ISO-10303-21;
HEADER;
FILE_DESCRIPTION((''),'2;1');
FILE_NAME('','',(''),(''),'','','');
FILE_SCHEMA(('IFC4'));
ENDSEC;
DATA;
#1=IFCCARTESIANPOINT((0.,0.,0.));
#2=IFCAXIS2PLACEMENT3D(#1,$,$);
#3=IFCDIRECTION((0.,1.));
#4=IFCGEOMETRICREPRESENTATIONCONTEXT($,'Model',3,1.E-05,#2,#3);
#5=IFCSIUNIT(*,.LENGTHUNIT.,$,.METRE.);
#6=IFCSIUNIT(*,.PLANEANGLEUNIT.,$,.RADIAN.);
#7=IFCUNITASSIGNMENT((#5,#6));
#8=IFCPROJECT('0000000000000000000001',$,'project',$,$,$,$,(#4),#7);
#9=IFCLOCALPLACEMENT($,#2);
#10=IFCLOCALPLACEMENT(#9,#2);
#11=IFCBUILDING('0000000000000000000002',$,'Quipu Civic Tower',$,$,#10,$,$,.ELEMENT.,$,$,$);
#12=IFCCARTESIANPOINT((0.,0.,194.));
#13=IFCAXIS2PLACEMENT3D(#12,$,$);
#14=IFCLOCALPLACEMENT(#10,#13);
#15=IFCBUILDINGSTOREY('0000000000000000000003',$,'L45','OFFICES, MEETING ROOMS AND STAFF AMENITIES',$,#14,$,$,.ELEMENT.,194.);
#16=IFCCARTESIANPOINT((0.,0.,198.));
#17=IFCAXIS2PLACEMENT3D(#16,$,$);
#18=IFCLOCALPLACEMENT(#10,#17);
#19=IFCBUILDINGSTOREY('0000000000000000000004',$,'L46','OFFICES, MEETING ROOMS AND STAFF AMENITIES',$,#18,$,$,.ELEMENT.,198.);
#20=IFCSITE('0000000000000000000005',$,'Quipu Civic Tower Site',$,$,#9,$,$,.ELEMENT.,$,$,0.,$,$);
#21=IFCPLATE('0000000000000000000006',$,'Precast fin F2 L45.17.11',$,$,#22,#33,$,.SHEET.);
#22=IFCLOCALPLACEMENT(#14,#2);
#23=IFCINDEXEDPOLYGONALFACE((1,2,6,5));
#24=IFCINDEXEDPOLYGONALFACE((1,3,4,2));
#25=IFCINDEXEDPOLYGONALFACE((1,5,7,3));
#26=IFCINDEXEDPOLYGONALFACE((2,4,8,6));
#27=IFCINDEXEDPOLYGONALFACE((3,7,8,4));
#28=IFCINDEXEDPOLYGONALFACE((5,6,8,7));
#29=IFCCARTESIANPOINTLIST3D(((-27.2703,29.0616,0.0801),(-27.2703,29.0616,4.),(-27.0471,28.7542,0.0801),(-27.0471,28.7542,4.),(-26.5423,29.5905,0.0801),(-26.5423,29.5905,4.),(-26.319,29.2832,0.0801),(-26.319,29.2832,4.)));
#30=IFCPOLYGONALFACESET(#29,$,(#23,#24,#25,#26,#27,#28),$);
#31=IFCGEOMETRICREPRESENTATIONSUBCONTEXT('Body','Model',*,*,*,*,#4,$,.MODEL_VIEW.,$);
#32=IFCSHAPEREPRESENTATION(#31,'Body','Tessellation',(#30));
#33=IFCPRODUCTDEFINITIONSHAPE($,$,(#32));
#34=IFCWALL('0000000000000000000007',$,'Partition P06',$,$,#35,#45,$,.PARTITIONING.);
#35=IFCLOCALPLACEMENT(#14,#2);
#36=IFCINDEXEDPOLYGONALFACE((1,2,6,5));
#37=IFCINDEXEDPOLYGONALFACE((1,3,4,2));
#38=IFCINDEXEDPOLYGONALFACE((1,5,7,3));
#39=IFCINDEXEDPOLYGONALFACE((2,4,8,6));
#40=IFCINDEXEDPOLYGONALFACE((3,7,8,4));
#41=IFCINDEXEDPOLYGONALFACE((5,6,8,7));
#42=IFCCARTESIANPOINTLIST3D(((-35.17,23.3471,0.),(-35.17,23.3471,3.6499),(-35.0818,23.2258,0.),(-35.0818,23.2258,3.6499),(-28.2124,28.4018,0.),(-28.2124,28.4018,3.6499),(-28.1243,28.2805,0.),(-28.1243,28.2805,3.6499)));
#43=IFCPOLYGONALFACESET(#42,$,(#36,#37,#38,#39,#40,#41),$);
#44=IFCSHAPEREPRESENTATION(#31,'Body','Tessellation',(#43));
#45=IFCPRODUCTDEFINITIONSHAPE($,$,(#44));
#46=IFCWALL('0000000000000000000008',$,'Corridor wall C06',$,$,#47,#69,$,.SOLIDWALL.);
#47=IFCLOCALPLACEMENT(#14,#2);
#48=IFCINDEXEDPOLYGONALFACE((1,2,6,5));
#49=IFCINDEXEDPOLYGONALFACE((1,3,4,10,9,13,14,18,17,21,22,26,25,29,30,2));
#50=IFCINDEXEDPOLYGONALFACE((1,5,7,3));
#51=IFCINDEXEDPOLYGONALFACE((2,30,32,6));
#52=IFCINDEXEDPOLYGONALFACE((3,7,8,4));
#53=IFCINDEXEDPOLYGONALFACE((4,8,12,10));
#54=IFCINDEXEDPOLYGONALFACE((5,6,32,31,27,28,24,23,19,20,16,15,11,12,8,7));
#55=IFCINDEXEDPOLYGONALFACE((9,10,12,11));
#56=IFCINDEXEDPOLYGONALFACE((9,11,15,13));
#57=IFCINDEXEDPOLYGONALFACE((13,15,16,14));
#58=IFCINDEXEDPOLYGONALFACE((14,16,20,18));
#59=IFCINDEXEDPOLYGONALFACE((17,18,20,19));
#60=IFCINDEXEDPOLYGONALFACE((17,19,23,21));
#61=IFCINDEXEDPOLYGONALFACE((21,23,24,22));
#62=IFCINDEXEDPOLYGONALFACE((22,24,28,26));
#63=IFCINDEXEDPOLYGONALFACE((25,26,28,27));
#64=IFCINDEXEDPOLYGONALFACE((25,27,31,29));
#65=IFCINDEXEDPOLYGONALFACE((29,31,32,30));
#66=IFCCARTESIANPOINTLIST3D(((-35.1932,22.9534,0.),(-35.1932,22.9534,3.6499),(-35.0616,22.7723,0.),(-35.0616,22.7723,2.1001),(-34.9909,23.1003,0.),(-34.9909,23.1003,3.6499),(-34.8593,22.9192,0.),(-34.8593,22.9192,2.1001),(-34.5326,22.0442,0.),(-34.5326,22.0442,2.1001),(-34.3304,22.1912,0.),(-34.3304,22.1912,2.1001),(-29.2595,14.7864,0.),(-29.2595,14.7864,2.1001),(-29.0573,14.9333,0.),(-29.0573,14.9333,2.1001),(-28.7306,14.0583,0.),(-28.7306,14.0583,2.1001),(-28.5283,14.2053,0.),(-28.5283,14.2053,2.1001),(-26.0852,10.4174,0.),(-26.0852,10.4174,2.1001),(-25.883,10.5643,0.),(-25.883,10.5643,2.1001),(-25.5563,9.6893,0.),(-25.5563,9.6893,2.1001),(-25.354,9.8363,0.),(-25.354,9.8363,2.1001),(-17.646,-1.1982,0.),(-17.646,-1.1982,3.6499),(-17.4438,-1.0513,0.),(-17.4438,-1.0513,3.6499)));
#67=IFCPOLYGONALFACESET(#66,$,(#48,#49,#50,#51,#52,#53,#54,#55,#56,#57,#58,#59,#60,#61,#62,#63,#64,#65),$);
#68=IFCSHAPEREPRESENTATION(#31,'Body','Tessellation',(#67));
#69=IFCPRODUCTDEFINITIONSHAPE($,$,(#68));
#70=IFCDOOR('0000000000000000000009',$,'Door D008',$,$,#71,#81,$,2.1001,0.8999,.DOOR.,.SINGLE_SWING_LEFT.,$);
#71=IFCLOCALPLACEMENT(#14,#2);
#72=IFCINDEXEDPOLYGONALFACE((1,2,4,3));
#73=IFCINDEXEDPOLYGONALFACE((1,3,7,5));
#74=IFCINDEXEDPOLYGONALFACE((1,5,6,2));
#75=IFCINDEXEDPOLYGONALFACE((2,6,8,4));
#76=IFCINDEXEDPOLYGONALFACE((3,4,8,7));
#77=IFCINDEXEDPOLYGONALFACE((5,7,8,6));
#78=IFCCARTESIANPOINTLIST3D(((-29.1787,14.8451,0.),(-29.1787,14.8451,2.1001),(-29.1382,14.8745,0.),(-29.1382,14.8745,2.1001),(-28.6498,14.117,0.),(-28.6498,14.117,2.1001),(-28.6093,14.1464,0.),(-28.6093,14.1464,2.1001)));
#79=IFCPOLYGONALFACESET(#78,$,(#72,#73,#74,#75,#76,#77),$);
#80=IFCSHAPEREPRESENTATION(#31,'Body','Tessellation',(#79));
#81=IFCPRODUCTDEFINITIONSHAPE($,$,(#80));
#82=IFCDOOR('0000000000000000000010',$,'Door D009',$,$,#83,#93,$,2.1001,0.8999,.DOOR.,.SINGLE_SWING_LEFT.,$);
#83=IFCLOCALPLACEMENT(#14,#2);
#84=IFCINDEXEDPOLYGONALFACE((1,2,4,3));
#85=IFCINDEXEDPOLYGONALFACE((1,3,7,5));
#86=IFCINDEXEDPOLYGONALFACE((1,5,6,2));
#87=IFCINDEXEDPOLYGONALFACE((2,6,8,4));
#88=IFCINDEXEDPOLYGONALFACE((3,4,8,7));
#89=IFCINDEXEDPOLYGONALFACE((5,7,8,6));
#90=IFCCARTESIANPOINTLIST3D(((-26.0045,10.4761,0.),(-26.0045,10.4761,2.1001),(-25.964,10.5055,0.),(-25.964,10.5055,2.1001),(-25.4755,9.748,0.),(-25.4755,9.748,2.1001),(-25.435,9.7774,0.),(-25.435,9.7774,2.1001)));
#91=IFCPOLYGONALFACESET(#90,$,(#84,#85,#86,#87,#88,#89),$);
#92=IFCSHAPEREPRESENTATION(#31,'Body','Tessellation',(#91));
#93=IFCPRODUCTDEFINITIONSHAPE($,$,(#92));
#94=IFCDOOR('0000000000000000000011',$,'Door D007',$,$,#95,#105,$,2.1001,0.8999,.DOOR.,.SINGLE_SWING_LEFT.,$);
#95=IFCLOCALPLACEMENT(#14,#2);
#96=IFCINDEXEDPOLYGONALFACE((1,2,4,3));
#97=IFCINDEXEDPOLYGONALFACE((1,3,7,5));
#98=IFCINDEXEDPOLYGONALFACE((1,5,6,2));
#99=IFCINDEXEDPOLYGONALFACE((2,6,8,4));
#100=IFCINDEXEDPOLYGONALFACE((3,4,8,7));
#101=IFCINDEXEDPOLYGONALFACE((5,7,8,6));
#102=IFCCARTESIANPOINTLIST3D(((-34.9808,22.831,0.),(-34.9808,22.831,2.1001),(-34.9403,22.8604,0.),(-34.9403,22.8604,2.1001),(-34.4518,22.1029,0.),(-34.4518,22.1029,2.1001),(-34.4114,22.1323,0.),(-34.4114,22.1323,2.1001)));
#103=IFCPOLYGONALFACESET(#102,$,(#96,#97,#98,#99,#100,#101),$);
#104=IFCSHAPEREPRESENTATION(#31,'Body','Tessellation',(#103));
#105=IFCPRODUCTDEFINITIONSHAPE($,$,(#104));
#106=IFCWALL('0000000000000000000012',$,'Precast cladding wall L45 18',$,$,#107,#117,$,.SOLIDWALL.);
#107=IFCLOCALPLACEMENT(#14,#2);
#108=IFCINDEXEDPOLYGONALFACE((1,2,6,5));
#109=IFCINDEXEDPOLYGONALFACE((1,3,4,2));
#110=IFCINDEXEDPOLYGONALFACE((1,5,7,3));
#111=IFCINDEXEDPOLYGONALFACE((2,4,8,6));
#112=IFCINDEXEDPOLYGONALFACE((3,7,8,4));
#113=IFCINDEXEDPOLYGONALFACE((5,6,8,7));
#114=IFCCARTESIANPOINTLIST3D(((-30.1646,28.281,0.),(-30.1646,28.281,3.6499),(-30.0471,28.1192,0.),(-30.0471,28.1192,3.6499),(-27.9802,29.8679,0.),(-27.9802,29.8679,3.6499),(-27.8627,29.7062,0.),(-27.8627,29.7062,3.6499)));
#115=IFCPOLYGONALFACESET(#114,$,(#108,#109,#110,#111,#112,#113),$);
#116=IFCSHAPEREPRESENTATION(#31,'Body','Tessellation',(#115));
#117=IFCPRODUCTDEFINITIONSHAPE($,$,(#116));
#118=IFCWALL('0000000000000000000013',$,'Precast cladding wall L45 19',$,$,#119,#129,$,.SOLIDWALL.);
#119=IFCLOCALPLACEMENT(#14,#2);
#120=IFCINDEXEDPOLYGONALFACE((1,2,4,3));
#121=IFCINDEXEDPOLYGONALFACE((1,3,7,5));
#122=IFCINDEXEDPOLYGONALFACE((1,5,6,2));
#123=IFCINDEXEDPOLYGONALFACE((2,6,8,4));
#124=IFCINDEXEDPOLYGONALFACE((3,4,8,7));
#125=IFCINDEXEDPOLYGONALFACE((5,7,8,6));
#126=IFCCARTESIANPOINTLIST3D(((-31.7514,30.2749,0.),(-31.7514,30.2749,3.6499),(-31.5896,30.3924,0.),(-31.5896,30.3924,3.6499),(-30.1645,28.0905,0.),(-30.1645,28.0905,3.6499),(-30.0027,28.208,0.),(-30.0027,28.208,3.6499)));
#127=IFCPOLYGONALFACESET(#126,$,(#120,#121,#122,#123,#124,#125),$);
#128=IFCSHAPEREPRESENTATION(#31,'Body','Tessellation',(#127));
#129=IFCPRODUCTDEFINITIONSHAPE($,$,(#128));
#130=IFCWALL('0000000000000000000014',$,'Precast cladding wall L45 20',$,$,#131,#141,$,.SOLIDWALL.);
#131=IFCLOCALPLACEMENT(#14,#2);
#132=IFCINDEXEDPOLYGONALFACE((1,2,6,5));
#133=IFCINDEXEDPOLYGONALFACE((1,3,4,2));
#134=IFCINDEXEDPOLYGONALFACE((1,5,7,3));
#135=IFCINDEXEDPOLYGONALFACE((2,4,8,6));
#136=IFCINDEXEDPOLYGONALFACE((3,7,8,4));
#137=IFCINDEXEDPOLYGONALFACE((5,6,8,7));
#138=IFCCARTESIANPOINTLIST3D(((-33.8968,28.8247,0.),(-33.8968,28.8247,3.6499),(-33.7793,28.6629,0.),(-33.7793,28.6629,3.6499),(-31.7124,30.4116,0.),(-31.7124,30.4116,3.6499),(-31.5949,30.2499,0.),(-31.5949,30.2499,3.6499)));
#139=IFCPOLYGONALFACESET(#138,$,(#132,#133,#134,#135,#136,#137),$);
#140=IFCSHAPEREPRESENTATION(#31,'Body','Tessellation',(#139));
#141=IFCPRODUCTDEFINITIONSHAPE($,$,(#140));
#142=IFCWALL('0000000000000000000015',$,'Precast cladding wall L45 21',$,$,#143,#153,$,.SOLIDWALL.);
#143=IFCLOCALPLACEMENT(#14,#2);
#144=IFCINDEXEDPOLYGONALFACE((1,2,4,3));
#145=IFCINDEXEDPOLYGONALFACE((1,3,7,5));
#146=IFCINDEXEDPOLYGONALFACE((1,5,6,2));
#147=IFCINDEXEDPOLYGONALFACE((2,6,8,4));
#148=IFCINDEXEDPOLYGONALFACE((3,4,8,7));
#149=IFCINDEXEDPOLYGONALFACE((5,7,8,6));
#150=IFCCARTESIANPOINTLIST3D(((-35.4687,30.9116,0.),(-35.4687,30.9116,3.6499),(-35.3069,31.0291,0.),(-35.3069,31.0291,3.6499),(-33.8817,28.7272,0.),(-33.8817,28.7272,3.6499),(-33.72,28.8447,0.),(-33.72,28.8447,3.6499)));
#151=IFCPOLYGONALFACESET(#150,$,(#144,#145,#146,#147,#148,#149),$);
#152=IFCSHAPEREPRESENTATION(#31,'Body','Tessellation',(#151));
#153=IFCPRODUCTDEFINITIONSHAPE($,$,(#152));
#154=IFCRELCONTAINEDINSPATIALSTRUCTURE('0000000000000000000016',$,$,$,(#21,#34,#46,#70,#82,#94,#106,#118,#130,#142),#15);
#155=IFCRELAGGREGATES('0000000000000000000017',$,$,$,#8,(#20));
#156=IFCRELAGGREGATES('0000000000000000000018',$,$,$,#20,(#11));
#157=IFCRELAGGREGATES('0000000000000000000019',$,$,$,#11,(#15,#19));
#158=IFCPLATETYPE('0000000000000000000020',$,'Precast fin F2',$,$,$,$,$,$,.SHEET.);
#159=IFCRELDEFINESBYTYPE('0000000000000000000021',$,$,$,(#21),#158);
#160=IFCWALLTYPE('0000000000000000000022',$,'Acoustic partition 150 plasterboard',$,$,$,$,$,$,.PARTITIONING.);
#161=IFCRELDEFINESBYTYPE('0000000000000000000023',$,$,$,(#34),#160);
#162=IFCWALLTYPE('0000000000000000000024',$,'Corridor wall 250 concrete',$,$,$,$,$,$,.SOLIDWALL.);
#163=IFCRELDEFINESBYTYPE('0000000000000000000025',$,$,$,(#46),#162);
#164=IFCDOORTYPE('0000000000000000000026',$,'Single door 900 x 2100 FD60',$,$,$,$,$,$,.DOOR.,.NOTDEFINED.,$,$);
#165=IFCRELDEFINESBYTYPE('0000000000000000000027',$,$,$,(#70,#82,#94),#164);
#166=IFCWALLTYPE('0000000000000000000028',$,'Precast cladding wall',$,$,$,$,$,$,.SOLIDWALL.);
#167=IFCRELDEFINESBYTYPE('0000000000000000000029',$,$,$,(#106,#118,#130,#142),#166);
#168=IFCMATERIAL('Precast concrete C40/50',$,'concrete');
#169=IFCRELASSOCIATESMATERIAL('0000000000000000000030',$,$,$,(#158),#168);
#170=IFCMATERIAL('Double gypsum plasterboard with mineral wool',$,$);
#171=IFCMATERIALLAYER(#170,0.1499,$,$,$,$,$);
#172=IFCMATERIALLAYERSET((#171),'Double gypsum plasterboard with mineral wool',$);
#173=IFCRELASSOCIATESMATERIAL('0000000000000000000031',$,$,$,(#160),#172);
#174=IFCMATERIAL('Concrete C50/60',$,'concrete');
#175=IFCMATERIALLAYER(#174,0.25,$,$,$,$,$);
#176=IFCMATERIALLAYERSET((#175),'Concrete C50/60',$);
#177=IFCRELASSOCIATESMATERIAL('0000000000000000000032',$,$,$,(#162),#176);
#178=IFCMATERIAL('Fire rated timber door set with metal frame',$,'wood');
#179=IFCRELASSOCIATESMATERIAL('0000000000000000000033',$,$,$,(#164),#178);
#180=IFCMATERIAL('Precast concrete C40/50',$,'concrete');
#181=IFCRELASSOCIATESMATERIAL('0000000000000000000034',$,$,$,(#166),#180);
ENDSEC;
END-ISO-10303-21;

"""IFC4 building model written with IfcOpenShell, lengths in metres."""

from ifc_helpers import new_model, si_unit, direction, frame, frame_2d, origin, origin_2d, place, context, subcontext, project, spatial, rectangle, extrude, material, layer, layer_set, type_object, element, fill, save


model = new_model("IFC4")

# Units and contexts
model_context = context("Model", 3, precision=1e-05, world=origin(), true_north=direction((0.0, 1.0)))
body_context = subcontext(model_context, "Body", "Model", "MODEL_VIEW")
ifc_project = project(units=[si_unit("LENGTHUNIT", "METRE"), si_unit("PLANEANGLEUNIT", "RADIAN")], contexts=[model_context])

# Site, building, storey
site_placement = place(None, origin())
site = spatial("IfcSite", under=ifc_project, at=site_placement, Name="Quipu Civic Tower Site", CompositionType="ELEMENT", RefElevation=0.0)
building_placement = place(site_placement, origin())
building = spatial("IfcBuilding", under=site, at=building_placement, Name="Quipu Civic Tower", CompositionType="ELEMENT")
storey_1_placement = place(building_placement, frame((0.0, 0.0, 194.0)))
storey_1 = spatial("IfcBuildingStorey", under=building, at=storey_1_placement, Name="L45", Description="OFFICES, MEETING ROOMS AND STAFF AMENITIES", CompositionType="ELEMENT", Elevation=194.0)

# Shared definitions
storey_2_placement = place(building_placement, frame((0.0, 0.0, 198.0)))
storey_2 = spatial("IfcBuildingStorey", under=building, at=storey_2_placement, Name="L46", Description="OFFICES, MEETING ROOMS AND STAFF AMENITIES", CompositionType="ELEMENT", Elevation=198.0)

# Plate
ifc_material_1 = material(Name="Precast concrete C40/50", Category="concrete")
plate_type_1 = type_object("IfcPlateType", Name="Precast fin F2", PredefinedType="SHEET", material=ifc_material_1)
for number, where, z_axis, x_axis, name in (
    (1, (-26.7947, 29.1724, 0.0801), (0.0, 0.0, 1.0), (-0.587787, 0.809016, 0.0), "Precast fin F2 L45.17.11"),
):
    element("IfcPlate", number, at=place(storey_1_placement, frame(where, z_axis=z_axis, x_axis=x_axis)), inside=storey_1, type_object=plate_type_1, Name=name, PredefinedType="SHEET", context=body_context, shape_type="SweptSolid", body=[
        extrude(rectangle(XDim=0.3799, YDim=0.8999, at=origin_2d()), origin(), (0.0, 0.0, 1.0), 3.9199),
    ])

# Wall
ifc_material_2 = material(Name="Double gypsum plasterboard with mineral wool")
ifc_layer_1 = layer(ifc_material_2, 0.1499)
ifc_layer_set_1 = layer_set([ifc_layer_1], Name="Double gypsum plasterboard with mineral wool")
wall_type_1 = type_object("IfcWallType", Name="Acoustic partition 150 plasterboard", PredefinedType="PARTITIONING", material=ifc_layer_set_1)
wall_1_placement = place(storey_1_placement, frame((-28.1685, 28.3411, 0.0), z_axis=(0.0, 0.0, 1.0), x_axis=(-0.809031, -0.587767, 0.0)))
element("IfcWall", 2, at=wall_1_placement, inside=storey_1, type_object=wall_type_1, Name="Partition P06", PredefinedType="PARTITIONING", context=body_context, shape_type="SweptSolid", body=[
    extrude(rectangle(XDim=8.5999, YDim=0.1499, at=frame_2d((4.2998, 0.0))), origin(), (0.0, 0.0, 1.0), 3.6499),
])

# Wall, openings, doors
ifc_material_3 = material(Name="Concrete C50/60", Category="concrete")
ifc_layer_2 = layer(ifc_material_3, 0.25)
ifc_layer_set_2 = layer_set([ifc_layer_2], Name="Concrete C50/60")
wall_type_2 = type_object("IfcWallType", Name="Corridor wall 250 concrete", PredefinedType="SOLIDWALL", material=ifc_layer_set_2)
wall_2_placement = place(storey_1_placement, frame((-35.092, 23.0269, 0.0), z_axis=(0.0, 0.0, 1.0), x_axis=(0.587784, -0.809018, 0.0)))
wall_2 = element("IfcWall", 3, at=wall_2_placement, inside=storey_1, type_object=wall_type_2, Name="Corridor wall C06", PredefinedType="SOLIDWALL", context=body_context, shape_type="SweptSolid", body=[
    extrude(rectangle(XDim=29.853, YDim=0.25, at=frame_2d((14.9265, 0.0))), origin(), (0.0, 0.0, 1.0), 3.6499),
])
opening_1_placement = place(wall_2_placement, frame((10.095, 0.0, 0.0)))
opening_1 = element("IfcOpeningElement", 4, at=opening_1_placement, cuts=wall_2, PredefinedType="OPENING", context=body_context, shape_type="SweptSolid", body=[
    extrude(rectangle(XDim=0.8999, YDim=2.1001, at=frame_2d((0.45, 1.05))), frame((0.0, 0.135, 0.0), z_axis=(0.0, -1.0, 0.0), x_axis=(1.0, 0.0, 0.0)), (0.0, 0.0, 1.0), 0.27),
])
opening_2_placement = place(wall_2_placement, frame((15.4954, 0.0, 0.0)))
opening_2 = element("IfcOpeningElement", 5, at=opening_2_placement, cuts=wall_2, PredefinedType="OPENING", context=body_context, shape_type="SweptSolid", body=[
    extrude(rectangle(XDim=0.8999, YDim=2.1001, at=frame_2d((0.45, 1.05))), frame((0.0, 0.135, 0.0), z_axis=(0.0, -1.0, 0.0), x_axis=(1.0, 0.0, 0.0)), (0.0, 0.0, 1.0), 0.27),
])
opening_3_placement = place(wall_2_placement, frame((0.2239, 0.0, 0.0)))
opening_3 = element("IfcOpeningElement", 6, at=opening_3_placement, cuts=wall_2, PredefinedType="OPENING", context=body_context, shape_type="SweptSolid", body=[
    extrude(rectangle(XDim=0.8999, YDim=2.1001, at=frame_2d((0.45, 1.05))), frame((0.0, 0.135, 0.0), z_axis=(0.0, -1.0, 0.0), x_axis=(1.0, 0.0, 0.0)), (0.0, 0.0, 1.0), 0.27),
])
ifc_material_4 = material(Name="Fire rated timber door set with metal frame", Category="wood")
door_type = type_object("IfcDoorType", Name="Single door 900 x 2100 FD60", OperationType="NOTDEFINED", PredefinedType="DOOR", material=ifc_material_4)
door_1_placement = place(opening_1_placement, origin())
door_1 = element("IfcDoor", 7, at=door_1_placement, inside=storey_1, type_object=door_type, Name="Door D008", OperationType="SINGLE_SWING_LEFT", OverallHeight=2.1001, OverallWidth=0.8999, PredefinedType="DOOR", context=body_context, shape_type="SweptSolid", body=[
    extrude(rectangle(XDim=0.8999, YDim=2.1001, at=frame_2d((0.45, 1.05))), frame((0.0, 0.0249, 0.0), z_axis=(0.0, -1.0, 0.0), x_axis=(1.0, 0.0, 0.0)), (0.0, 0.0, 1.0), 0.05),
])
fill(opening_1, door_1)
door_2_placement = place(opening_2_placement, origin())
door_2 = element("IfcDoor", 8, at=door_2_placement, inside=storey_1, type_object=door_type, Name="Door D009", OperationType="SINGLE_SWING_LEFT", OverallHeight=2.1001, OverallWidth=0.8999, PredefinedType="DOOR", context=body_context, shape_type="SweptSolid", body=[
    extrude(rectangle(XDim=0.8999, YDim=2.1001, at=frame_2d((0.45, 1.05))), frame((0.0, 0.0249, 0.0), z_axis=(0.0, -1.0, 0.0), x_axis=(1.0, 0.0, 0.0)), (0.0, 0.0, 1.0), 0.05),
])
fill(opening_2, door_2)
door_3_placement = place(opening_3_placement, origin())
door_3 = element("IfcDoor", 9, at=door_3_placement, inside=storey_1, type_object=door_type, Name="Door D007", OperationType="SINGLE_SWING_LEFT", OverallHeight=2.1001, OverallWidth=0.8999, PredefinedType="DOOR", context=body_context, shape_type="SweptSolid", body=[
    extrude(rectangle(XDim=0.8999, YDim=2.1001, at=frame_2d((0.45, 1.05))), frame((0.0, 0.0249, 0.0), z_axis=(0.0, -1.0, 0.0), x_axis=(1.0, 0.0, 0.0)), (0.0, 0.0, 1.0), 0.05),
])
fill(opening_3, door_3)

# Walls
ifc_material_5 = material(Name="Precast concrete C40/50", Category="concrete")
wall_type_3 = type_object("IfcWallType", Name="Precast cladding wall", PredefinedType="SOLIDWALL", material=ifc_material_5)
for number, where, z_axis, x_axis, name in (
    (10, (-27.9214, 29.7871, 0.0), (0.0, 0.0, 1.0), (-0.809033, -0.587763, 0.0), "Precast cladding wall L45 18"),
    (11, (-30.0835, 28.1492, 0.0), (0.0, 0.0, 1.0), (-0.587763, 0.809033, 0.0), "Precast cladding wall L45 19"),
    (12, (-31.6536, 30.3308, 0.0), (0.0, 0.0, 1.0), (-0.809033, -0.587763, 0.0), "Precast cladding wall L45 20"),
    (13, (-33.8008, 28.7859, 0.0), (0.0, 0.0, 1.0), (-0.587763, 0.809033, 0.0), "Precast cladding wall L45 21"),
):
    element("IfcWall", number, at=place(storey_1_placement, frame(where, z_axis=z_axis, x_axis=x_axis)), inside=storey_1, type_object=wall_type_3, Name=name, PredefinedType="SOLIDWALL", context=body_context, shape_type="SweptSolid", body=[
        extrude(rectangle(XDim=2.7, YDim=0.2, at=frame_2d((1.3501, 0.0))), origin(), (0.0, 0.0, 1.0), 3.6499),
    ])

save(model, "model.ifc")
